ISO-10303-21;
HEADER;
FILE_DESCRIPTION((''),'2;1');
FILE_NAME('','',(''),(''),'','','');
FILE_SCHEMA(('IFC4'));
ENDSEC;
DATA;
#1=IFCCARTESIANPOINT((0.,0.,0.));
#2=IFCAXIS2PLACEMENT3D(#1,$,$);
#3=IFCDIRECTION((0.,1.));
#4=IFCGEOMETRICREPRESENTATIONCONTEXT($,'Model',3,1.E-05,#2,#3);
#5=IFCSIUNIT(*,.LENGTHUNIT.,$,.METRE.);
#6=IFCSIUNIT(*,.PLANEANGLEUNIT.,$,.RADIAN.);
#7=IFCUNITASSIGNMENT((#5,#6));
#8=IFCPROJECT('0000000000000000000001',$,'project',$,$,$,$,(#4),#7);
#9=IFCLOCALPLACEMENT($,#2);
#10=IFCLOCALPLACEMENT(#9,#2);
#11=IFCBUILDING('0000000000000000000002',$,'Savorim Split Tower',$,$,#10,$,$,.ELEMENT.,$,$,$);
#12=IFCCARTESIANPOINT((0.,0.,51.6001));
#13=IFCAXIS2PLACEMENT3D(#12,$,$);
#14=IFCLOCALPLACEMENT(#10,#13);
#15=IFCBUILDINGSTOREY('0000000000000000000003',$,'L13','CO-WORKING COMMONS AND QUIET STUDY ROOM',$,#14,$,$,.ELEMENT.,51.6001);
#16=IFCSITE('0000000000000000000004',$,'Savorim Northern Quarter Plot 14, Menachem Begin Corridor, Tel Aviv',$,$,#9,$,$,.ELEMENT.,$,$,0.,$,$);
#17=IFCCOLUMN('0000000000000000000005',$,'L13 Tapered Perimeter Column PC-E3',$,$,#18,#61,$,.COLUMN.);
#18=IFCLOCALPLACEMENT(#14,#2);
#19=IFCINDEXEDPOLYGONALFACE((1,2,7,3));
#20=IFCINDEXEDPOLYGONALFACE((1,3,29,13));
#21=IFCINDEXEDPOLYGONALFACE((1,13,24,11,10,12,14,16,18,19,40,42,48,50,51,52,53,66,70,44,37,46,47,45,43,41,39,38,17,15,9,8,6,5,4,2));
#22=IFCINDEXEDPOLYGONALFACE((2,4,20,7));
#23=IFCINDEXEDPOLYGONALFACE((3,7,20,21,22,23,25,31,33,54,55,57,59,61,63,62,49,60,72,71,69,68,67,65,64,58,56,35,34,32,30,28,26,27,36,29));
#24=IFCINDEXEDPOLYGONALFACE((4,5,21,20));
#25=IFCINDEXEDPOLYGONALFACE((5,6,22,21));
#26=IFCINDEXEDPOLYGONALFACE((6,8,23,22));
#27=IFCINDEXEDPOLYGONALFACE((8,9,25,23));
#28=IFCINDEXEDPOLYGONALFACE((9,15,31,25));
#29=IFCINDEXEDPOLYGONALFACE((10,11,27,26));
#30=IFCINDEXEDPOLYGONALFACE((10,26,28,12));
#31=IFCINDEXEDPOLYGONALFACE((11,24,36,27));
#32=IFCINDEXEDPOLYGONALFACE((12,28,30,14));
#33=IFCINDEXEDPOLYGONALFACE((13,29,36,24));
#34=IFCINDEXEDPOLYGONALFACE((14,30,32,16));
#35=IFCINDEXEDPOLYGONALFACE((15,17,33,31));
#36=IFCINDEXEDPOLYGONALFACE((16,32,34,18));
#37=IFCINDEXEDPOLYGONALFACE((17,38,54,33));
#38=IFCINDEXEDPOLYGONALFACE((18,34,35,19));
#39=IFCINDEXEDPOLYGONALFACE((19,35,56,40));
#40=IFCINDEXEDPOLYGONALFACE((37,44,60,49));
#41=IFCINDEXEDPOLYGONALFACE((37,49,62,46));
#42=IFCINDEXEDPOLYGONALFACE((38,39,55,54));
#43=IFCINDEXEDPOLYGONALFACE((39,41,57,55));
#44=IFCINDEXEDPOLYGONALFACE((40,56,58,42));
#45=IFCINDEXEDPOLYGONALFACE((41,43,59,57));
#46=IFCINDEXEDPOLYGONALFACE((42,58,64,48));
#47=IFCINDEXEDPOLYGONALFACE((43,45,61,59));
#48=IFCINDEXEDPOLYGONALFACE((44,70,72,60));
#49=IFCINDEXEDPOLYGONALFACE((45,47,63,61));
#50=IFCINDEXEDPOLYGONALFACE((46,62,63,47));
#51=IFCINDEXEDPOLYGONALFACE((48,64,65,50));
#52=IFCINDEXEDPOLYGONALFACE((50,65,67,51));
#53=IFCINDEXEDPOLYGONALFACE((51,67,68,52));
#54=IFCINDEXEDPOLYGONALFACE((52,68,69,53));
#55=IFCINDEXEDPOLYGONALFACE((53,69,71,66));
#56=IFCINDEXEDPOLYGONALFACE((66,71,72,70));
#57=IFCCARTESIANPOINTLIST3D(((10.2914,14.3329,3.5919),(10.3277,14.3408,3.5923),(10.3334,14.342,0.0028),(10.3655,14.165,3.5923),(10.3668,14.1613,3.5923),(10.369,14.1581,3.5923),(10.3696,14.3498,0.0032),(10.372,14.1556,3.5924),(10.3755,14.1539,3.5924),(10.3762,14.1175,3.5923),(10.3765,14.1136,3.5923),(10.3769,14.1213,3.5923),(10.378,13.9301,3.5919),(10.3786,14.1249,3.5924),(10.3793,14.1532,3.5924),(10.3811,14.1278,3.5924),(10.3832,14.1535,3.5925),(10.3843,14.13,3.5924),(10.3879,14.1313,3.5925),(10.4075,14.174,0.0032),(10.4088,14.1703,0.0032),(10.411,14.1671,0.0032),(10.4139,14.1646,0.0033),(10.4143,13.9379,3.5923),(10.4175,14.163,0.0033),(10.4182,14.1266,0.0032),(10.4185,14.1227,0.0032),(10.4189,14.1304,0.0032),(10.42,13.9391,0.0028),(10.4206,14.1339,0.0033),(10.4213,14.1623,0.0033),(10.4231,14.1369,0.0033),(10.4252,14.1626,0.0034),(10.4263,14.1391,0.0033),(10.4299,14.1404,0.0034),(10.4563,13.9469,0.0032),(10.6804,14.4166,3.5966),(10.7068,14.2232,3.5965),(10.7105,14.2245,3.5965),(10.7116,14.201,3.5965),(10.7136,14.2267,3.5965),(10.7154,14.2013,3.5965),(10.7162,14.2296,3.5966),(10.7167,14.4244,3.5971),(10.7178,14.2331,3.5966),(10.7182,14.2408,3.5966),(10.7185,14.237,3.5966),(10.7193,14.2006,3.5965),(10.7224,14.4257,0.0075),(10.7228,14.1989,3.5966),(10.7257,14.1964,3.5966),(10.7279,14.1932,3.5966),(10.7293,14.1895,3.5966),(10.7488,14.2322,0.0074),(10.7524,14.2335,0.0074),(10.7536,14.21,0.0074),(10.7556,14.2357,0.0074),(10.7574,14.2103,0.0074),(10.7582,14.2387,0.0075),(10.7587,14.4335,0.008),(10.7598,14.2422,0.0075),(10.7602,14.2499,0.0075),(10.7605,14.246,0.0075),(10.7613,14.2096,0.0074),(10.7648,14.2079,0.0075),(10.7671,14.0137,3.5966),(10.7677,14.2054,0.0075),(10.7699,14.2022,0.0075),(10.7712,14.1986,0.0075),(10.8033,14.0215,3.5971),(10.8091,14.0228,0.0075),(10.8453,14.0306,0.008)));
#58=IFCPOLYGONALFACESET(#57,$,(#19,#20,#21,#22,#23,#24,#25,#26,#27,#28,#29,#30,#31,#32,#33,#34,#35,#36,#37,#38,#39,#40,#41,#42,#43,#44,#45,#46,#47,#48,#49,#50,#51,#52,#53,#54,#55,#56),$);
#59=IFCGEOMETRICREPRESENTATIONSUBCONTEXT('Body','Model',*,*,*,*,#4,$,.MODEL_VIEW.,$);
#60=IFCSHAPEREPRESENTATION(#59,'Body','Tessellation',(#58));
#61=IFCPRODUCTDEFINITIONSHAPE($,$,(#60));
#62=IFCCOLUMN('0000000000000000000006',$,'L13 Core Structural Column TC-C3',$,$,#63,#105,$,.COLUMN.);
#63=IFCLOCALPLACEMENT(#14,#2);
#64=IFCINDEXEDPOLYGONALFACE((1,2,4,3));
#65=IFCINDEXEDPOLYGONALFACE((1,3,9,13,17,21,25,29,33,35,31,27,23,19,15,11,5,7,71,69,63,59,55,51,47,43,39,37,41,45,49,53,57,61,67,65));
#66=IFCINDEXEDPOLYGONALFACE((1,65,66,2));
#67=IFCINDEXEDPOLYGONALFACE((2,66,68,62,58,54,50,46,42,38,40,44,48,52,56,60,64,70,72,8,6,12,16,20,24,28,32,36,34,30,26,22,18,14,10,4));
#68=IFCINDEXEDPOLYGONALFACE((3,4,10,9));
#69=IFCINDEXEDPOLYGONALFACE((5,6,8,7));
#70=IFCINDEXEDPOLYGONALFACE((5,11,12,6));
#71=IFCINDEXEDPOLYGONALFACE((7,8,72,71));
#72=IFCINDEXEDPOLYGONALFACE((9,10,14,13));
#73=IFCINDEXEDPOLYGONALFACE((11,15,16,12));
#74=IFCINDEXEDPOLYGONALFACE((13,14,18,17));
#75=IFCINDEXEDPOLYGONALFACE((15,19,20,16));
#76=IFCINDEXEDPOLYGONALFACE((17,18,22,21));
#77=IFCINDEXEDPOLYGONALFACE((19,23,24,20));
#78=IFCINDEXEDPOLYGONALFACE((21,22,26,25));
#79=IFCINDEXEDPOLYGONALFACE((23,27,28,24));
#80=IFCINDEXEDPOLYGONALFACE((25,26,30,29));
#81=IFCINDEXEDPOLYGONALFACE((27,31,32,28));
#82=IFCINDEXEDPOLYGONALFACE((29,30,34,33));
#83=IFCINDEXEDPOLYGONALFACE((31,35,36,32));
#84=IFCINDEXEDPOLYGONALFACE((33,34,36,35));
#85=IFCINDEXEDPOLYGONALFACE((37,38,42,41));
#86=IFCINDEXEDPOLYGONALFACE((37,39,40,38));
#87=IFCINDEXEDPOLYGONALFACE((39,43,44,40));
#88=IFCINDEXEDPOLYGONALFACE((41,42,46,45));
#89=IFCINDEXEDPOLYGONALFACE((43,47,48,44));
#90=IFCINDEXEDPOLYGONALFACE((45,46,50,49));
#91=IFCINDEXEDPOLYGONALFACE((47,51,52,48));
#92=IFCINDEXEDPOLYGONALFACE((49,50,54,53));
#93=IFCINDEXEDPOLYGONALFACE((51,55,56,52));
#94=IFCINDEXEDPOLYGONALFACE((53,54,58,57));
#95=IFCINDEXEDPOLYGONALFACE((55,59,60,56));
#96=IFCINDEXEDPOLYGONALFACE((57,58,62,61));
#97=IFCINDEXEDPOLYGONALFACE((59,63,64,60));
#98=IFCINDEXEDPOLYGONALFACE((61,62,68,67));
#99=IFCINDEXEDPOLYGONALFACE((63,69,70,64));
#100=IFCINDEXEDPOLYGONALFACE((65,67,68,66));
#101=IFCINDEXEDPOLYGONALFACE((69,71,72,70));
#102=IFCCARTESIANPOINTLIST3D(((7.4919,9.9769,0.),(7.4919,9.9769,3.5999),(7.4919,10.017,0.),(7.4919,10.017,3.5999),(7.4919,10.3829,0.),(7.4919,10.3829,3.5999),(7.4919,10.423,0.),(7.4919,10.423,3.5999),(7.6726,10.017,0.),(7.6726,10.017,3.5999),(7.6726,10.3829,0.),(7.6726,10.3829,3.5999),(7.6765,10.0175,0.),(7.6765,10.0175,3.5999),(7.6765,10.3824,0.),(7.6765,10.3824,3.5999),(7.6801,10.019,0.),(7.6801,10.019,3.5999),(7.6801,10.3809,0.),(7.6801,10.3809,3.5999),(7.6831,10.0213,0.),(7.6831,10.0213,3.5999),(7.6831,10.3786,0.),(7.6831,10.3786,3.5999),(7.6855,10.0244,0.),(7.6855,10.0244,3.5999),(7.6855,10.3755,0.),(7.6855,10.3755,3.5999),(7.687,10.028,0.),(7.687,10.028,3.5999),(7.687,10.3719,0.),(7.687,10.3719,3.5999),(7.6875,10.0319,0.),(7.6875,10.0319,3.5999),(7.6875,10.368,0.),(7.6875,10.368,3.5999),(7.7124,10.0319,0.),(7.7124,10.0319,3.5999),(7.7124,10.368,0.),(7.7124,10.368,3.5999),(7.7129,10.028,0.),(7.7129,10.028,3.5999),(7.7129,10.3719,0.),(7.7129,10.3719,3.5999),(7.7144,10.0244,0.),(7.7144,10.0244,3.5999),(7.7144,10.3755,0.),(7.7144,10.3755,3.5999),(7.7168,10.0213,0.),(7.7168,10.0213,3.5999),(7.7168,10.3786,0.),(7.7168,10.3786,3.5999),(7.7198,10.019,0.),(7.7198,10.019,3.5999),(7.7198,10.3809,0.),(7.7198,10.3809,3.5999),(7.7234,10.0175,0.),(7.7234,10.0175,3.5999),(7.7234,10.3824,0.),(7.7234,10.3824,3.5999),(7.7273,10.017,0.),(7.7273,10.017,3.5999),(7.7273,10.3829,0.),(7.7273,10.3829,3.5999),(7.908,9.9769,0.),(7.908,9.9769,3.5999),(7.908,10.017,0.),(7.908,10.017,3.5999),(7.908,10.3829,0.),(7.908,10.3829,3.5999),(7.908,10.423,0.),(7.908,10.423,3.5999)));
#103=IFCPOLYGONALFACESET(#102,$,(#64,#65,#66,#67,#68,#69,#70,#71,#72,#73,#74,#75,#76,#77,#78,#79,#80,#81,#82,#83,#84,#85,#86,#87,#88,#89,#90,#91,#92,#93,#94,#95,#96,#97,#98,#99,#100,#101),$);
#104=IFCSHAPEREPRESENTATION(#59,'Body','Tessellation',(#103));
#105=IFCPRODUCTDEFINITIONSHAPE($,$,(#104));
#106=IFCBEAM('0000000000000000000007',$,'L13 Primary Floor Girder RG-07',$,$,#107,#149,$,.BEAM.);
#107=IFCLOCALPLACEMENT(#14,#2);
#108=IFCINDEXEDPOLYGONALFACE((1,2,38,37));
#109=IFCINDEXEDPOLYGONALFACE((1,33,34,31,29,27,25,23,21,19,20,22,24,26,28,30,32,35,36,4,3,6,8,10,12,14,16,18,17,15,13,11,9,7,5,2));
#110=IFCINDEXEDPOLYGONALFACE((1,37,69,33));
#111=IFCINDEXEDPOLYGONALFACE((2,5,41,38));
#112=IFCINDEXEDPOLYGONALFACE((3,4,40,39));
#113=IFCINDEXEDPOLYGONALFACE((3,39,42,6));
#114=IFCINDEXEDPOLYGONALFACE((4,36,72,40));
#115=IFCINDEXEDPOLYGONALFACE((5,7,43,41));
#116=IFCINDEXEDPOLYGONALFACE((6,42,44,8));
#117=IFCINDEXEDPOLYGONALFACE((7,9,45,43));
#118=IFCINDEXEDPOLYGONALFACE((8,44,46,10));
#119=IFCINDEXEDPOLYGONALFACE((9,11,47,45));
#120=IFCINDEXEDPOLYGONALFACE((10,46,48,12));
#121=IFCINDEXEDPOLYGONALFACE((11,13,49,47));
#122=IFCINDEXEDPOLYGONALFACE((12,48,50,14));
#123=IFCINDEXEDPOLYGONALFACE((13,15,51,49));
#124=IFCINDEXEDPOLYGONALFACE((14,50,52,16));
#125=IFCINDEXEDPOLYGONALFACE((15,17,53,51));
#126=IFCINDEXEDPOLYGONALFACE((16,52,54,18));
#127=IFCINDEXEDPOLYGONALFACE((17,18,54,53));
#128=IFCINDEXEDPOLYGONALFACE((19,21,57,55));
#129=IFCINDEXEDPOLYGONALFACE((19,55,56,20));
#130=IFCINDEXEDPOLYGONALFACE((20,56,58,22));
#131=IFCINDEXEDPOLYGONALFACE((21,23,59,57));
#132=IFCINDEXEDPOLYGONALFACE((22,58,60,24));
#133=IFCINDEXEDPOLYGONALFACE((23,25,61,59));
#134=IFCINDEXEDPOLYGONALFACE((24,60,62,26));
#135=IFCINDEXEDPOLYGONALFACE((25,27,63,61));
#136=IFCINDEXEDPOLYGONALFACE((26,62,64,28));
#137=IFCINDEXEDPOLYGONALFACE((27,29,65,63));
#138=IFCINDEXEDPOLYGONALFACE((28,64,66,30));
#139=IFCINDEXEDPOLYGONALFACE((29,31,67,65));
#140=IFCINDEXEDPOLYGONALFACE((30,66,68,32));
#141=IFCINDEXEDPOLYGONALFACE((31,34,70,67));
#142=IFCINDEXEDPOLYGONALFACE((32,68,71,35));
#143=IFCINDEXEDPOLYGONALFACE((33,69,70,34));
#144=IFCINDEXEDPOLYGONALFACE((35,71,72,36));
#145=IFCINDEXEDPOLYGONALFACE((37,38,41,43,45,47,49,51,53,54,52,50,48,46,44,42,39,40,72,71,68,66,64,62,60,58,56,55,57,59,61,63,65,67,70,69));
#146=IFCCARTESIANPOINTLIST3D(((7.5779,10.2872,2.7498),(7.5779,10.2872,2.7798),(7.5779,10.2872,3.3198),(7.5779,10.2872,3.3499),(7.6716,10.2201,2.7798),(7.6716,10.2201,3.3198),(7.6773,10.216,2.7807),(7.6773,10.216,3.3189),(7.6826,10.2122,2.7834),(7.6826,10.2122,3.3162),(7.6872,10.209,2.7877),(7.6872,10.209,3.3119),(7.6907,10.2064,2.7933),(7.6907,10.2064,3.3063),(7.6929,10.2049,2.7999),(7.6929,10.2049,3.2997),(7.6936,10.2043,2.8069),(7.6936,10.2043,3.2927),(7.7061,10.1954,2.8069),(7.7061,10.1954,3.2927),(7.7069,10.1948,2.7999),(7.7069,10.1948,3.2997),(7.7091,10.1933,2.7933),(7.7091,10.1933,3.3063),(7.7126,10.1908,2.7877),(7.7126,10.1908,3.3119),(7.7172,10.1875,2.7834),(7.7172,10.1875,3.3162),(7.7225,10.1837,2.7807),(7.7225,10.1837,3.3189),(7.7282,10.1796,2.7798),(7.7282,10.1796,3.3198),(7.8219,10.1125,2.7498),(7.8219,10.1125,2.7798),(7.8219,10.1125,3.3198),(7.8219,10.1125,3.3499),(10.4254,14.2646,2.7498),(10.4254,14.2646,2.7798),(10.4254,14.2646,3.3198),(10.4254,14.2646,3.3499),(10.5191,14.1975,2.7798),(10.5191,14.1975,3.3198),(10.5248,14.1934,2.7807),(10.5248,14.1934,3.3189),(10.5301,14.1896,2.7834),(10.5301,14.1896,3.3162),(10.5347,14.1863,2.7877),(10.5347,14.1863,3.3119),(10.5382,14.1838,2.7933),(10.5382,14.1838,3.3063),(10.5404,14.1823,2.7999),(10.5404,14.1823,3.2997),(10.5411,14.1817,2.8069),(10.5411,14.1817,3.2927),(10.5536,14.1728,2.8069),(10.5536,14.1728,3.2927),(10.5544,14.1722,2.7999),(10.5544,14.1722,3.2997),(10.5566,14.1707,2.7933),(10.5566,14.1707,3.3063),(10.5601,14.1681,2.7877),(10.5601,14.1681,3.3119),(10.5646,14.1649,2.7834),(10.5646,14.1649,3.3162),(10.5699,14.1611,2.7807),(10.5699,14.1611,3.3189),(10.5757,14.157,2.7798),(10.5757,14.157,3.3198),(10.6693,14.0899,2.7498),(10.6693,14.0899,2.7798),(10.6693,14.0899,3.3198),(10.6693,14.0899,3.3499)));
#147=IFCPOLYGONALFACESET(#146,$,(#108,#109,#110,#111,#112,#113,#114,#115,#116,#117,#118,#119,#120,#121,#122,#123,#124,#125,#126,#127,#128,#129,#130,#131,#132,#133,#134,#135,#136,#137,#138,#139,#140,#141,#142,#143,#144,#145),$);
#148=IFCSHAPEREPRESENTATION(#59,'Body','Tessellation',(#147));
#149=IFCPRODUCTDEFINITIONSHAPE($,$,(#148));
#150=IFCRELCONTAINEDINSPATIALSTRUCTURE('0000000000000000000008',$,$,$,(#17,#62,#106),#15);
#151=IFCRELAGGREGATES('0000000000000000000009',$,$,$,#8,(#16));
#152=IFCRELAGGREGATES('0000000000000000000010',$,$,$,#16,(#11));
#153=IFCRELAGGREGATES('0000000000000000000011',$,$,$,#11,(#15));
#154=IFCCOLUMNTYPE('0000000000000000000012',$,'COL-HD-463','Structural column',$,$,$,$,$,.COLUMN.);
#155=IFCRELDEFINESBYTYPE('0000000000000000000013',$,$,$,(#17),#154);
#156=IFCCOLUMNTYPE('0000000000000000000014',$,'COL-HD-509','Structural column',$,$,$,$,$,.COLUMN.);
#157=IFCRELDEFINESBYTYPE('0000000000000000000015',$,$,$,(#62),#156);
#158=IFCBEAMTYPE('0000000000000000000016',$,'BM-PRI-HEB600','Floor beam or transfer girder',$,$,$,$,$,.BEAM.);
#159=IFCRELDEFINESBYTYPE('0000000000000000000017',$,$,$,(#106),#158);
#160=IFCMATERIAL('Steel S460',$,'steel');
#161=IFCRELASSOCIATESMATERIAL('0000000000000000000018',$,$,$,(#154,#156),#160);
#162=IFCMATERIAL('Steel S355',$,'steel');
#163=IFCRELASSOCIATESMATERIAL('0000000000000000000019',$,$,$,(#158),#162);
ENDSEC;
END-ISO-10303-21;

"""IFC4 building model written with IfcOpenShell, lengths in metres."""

from ifc_helpers import new_model, si_unit, direction, frame, origin, origin_2d, place, context, subcontext, project, spatial, i_section, extrude, material, material_profile, profile_set, type_object, element, save


model = new_model("IFC4")

# Units and contexts
model_context = context("Model", 3, precision=1e-05, world=origin(), true_north=direction((0.0, 1.0)))
body_context = subcontext(model_context, "Body", "Model", "MODEL_VIEW")
ifc_project = project(units=[si_unit("LENGTHUNIT", "METRE"), si_unit("PLANEANGLEUNIT", "RADIAN")], contexts=[model_context])

# Site, building, storey
site_placement = place(None, origin())
site = spatial("IfcSite", under=ifc_project, at=site_placement, Name="Savorim Northern Quarter Plot 14, Menachem Begin Corridor, Tel Aviv", CompositionType="ELEMENT", RefElevation=0.0)
building_placement = place(site_placement, origin())
building = spatial("IfcBuilding", under=site, at=building_placement, Name="Savorim Split Tower", CompositionType="ELEMENT")
storey_placement = place(building_placement, frame((0.0, 0.0, 51.6001)))
storey = spatial("IfcBuildingStorey", under=building, at=storey_placement, Name="L13", Description="CO-WORKING COMMONS AND QUIET STUDY ROOM", CompositionType="ELEMENT", Elevation=51.6001)

# Columns
ifc_material_1 = material(Name="Steel S460", Category="steel")
ifc_material_profile_1 = material_profile(ifc_material_1, i_section(OverallWidth=0.4121, OverallDepth=0.4351, WebThickness=0.0227, FlangeThickness=0.0371, FilletRadius=0.0149, at=origin_2d()), Name="HD 400x463")
ifc_profile_set_1 = profile_set([ifc_material_profile_1], Name="Steel S460")
column_type_1 = type_object("IfcColumnType", Name="COL-HD-463", Description="Structural column", PredefinedType="COLUMN", material=ifc_profile_set_1)
column_1_placement = place(storey_placement, frame((10.5894, 14.1863, 0.0054), z_axis=(-0.011699, -0.002517, 0.999928), x_axis=(0.210305, -0.977636, 0.0)))
element("IfcColumn", 1, at=column_1_placement, inside=storey, type_object=column_type_1, Name="L13 Tapered Perimeter Column PC-E3", PredefinedType="COLUMN", context=body_context, shape_type="SweptSolid", body=[
    extrude(i_section(OverallWidth=0.4121, OverallDepth=0.4351, WebThickness=0.0227, FlangeThickness=0.0371, FilletRadius=0.0149, at=origin_2d()), origin(), (0.0, 0.0, 1.0), 3.5894),
])
ifc_material_profile_2 = material_profile(ifc_material_1, i_section(OverallWidth=0.416, OverallDepth=0.446, WebThickness=0.0249, FlangeThickness=0.04, FilletRadius=0.0149, at=origin_2d()), Name="HD 400x509")
ifc_profile_set_2 = profile_set([ifc_material_profile_2], Name="Steel S460")
column_type_2 = type_object("IfcColumnType", Name="COL-HD-509", Description="Structural column", PredefinedType="COLUMN", material=ifc_profile_set_2)
column_2_placement = place(storey_placement, frame((7.7, 10.2, 0.0), z_axis=(0.0, 0.0, 1.0), x_axis=(1.0, 0.0, 0.0)))
element("IfcColumn", 2, at=column_2_placement, inside=storey, type_object=column_type_2, Name="L13 Core Structural Column TC-C3", PredefinedType="COLUMN", context=body_context, shape_type="SweptSolid", body=[
    extrude(i_section(OverallWidth=0.416, OverallDepth=0.446, WebThickness=0.0249, FlangeThickness=0.04, FilletRadius=0.0149, at=origin_2d()), origin(), (0.0, 0.0, 1.0), 3.5999),
])

# Beam
ifc_material_2 = material(Name="Steel S355", Category="steel")
ifc_material_profile_3 = material_profile(ifc_material_2, i_section(OverallWidth=0.3, OverallDepth=0.6001, WebThickness=0.0154, FlangeThickness=0.03, FilletRadius=0.0271, at=origin_2d()), Name="HEB 600")
ifc_profile_set_3 = profile_set([ifc_material_profile_3], Name="Steel S355")
beam_type_1 = type_object("IfcBeamType", Name="BM-PRI-HEB600", Description="Floor beam or transfer girder", PredefinedType="BEAM", material=ifc_profile_set_3)
beam_1_placement = place(storey_placement, frame((10.5474, 14.1772, 3.0498), z_axis=(-0.582116, -0.813106, 0.0), x_axis=(0.813106, -0.582116, 0.0)))
element("IfcBeam", 3, at=beam_1_placement, inside=storey, type_object=beam_type_1, Name="L13 Primary Floor Girder RG-07", PredefinedType="BEAM", context=body_context, shape_type="SweptSolid", body=[
    extrude(i_section(OverallWidth=0.3, OverallDepth=0.6001, WebThickness=0.0154, FlangeThickness=0.03, FilletRadius=0.0271, at=origin_2d()), origin(), (0.0, 0.0, 1.0), 4.8916),
])

save(model, "model.ifc")
